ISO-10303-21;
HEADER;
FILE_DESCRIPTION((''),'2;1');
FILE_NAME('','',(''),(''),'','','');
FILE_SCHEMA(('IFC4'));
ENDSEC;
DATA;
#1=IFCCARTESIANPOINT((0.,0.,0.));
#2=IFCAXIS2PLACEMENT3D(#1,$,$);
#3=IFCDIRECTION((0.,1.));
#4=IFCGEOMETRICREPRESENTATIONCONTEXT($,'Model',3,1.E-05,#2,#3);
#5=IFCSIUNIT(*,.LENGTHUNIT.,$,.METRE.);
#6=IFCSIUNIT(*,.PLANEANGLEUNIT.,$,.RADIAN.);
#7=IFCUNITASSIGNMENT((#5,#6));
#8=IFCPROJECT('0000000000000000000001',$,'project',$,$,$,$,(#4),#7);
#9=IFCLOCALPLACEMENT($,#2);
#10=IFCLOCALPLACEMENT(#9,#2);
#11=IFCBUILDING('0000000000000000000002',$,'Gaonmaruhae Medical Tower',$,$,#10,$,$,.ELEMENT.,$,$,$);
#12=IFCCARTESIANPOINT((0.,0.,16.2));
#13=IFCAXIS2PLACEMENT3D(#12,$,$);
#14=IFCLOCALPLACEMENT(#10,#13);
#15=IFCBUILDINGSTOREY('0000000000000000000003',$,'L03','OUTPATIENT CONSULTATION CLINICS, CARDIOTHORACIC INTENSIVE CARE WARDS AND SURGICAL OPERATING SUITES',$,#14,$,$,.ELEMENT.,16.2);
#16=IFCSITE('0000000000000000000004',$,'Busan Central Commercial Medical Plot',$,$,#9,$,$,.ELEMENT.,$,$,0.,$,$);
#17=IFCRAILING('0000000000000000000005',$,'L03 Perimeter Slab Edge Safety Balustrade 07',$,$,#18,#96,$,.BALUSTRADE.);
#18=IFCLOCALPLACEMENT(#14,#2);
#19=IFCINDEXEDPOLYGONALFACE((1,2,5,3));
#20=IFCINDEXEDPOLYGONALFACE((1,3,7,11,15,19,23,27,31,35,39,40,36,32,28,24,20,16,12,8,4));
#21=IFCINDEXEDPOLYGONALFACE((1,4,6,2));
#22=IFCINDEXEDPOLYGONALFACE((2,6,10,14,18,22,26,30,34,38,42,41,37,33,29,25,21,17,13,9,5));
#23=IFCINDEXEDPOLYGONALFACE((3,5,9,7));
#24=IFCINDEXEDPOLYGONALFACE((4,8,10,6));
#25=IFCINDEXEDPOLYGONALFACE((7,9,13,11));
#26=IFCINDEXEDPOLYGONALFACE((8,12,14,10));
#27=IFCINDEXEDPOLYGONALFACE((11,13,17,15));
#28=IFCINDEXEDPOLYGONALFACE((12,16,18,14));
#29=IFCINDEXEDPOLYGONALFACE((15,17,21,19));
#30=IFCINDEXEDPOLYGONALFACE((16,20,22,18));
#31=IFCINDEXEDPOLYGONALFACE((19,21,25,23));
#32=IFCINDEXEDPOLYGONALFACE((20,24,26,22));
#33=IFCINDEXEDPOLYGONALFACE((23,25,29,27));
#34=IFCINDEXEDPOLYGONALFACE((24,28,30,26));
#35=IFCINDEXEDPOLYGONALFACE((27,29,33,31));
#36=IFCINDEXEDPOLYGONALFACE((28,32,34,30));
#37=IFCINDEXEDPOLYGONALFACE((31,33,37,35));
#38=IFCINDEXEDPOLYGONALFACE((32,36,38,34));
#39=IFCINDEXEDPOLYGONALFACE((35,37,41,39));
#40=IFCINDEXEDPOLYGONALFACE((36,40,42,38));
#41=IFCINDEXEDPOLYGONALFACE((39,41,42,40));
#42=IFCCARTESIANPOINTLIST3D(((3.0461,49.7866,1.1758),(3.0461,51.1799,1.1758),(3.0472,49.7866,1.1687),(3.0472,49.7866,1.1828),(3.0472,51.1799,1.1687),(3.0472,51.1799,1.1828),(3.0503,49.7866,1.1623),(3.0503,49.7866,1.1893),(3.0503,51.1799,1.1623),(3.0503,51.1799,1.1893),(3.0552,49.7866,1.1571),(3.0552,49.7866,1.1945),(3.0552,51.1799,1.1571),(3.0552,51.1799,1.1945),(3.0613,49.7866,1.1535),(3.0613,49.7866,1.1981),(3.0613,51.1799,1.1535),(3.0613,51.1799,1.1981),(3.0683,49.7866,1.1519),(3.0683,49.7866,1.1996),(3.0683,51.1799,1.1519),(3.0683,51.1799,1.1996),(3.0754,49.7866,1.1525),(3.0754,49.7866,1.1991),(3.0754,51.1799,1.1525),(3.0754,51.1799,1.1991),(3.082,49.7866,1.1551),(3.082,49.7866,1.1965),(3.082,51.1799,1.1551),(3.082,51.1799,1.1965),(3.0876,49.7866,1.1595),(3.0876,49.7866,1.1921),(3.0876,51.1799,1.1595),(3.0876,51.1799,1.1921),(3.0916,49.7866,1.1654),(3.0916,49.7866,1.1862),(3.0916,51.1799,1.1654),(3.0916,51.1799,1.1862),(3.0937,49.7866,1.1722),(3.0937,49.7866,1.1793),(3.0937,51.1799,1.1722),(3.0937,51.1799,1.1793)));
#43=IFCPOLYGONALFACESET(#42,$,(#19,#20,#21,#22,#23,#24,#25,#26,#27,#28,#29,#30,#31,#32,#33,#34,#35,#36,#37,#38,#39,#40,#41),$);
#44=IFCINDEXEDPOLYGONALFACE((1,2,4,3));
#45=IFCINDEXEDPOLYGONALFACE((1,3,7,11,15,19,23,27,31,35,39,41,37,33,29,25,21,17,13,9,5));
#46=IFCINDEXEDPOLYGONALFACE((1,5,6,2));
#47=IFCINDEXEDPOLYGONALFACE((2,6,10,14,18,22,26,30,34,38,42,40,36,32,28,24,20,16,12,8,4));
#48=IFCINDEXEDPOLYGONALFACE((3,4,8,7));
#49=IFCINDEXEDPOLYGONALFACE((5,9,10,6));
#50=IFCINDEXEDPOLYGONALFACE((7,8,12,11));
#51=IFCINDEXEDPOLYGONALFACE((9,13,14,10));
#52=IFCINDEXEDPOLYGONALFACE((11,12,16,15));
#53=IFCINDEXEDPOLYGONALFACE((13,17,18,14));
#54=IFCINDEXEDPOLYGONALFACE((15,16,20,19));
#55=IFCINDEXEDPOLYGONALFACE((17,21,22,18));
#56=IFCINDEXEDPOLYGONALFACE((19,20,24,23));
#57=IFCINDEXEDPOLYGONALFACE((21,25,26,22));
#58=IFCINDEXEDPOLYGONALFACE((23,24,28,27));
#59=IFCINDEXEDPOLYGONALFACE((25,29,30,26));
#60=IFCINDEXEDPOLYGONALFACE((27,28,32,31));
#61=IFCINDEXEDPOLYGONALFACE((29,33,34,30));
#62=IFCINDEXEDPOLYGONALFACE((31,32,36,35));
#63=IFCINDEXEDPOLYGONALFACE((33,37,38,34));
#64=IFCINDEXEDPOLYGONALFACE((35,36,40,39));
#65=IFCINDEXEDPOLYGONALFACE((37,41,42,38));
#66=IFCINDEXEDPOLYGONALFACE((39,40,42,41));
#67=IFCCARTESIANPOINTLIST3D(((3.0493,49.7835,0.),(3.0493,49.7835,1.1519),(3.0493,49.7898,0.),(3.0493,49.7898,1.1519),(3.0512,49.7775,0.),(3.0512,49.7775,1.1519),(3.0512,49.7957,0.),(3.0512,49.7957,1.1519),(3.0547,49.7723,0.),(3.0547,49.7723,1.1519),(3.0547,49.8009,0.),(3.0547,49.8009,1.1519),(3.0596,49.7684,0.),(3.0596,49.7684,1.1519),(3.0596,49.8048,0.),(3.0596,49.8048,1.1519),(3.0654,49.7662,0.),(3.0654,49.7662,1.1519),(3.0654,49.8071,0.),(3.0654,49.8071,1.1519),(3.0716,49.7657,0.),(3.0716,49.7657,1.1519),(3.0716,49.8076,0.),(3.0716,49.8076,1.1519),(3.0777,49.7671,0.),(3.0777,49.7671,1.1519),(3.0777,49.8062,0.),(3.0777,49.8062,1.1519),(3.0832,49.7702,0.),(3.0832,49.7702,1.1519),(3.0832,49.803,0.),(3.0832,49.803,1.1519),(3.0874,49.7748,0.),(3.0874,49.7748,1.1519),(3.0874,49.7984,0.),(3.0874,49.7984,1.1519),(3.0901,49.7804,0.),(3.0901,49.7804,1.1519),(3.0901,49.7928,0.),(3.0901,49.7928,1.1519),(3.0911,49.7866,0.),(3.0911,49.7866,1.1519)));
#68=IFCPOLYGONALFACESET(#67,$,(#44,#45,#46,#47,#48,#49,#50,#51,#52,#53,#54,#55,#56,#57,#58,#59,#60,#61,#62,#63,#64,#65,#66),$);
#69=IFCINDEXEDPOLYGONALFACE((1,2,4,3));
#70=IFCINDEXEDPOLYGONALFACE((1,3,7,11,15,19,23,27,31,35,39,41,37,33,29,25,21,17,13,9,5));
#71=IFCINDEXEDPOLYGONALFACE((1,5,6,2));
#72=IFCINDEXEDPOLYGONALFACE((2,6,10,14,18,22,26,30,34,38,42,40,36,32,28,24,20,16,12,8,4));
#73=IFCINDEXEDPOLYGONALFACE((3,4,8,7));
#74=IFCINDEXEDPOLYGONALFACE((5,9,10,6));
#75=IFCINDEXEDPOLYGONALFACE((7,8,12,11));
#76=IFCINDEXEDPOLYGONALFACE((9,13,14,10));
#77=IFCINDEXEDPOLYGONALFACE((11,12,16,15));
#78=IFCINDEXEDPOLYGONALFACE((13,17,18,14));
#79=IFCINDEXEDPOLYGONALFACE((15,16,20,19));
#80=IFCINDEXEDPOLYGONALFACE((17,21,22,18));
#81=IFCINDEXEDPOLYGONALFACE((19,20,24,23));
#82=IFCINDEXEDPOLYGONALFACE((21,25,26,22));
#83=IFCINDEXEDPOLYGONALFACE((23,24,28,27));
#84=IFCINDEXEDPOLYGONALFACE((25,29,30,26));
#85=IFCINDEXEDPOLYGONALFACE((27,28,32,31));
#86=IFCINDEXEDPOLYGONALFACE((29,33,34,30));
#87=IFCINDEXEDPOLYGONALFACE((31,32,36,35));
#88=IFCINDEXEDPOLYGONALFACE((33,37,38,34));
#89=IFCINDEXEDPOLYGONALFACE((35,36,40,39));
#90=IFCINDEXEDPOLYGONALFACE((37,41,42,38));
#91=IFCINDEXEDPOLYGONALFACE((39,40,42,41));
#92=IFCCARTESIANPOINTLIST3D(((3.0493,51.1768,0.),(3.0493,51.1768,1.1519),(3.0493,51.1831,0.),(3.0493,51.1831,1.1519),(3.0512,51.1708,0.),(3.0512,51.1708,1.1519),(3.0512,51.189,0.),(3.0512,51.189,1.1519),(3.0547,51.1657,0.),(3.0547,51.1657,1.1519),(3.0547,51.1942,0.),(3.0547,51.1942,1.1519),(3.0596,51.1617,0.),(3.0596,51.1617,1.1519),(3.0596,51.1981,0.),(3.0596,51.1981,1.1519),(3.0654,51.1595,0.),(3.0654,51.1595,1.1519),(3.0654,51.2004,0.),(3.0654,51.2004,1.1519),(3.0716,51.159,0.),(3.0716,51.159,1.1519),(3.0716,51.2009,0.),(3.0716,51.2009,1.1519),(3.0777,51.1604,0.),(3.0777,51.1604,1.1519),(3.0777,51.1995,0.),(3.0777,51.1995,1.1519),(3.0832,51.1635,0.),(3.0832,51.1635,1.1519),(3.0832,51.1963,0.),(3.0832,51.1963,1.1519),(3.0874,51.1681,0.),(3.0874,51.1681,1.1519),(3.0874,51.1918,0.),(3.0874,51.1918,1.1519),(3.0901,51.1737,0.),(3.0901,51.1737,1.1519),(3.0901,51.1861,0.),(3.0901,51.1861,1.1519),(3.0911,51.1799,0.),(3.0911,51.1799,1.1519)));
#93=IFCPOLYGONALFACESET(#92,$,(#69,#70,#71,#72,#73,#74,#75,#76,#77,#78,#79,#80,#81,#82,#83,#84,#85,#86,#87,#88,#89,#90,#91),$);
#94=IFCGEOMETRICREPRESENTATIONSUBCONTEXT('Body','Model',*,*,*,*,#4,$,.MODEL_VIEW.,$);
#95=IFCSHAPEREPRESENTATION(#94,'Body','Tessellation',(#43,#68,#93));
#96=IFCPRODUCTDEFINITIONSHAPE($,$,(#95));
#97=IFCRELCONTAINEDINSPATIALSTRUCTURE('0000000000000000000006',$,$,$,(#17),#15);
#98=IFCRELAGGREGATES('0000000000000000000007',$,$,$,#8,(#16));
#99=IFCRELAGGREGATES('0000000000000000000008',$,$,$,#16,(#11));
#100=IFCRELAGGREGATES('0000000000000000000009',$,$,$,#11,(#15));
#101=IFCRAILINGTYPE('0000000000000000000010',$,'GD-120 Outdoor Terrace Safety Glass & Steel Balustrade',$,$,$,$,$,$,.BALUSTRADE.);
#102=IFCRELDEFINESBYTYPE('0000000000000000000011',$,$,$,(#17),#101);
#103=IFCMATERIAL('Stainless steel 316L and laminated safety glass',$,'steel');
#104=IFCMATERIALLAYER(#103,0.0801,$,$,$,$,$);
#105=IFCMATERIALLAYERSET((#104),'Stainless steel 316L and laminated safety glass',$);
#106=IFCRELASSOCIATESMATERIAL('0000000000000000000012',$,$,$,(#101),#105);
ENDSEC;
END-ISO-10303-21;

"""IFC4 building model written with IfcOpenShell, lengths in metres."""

from ifc_helpers import new_model, si_unit, direction, frame, origin, origin_2d, place, context, subcontext, project, spatial, circle, extrude, material, layer, layer_set, type_object, element, save


model = new_model("IFC4")

# Units and contexts
model_context = context("Model", 3, precision=1e-05, world=origin(), true_north=direction((0.0, 1.0)))
body_context = subcontext(model_context, "Body", "Model", "MODEL_VIEW")
ifc_project = project(units=[si_unit("LENGTHUNIT", "METRE"), si_unit("PLANEANGLEUNIT", "RADIAN")], contexts=[model_context])

# Site, building, storey
site_placement = place(None, origin())
site = spatial("IfcSite", under=ifc_project, at=site_placement, Name="Busan Central Commercial Medical Plot", CompositionType="ELEMENT", RefElevation=0.0)
building_placement = place(site_placement, origin())
building = spatial("IfcBuilding", under=site, at=building_placement, Name="Gaonmaruhae Medical Tower", CompositionType="ELEMENT")
storey_placement = place(building_placement, frame((0.0, 0.0, 16.2)))
storey = spatial("IfcBuildingStorey", under=building, at=storey_placement, Name="L03", Description="OUTPATIENT CONSULTATION CLINICS, CARDIOTHORACIC INTENSIVE CARE WARDS AND SURGICAL OPERATING SUITES", CompositionType="ELEMENT", Elevation=16.2)

# Railing
ifc_material_1 = material(Name="Stainless steel 316L and laminated safety glass", Category="steel")
ifc_layer_1 = layer(ifc_material_1, 0.0801)
ifc_layer_set_1 = layer_set([ifc_layer_1], Name="Stainless steel 316L and laminated safety glass")
railing_type_1 = type_object("IfcRailingType", Name="GD-120 Outdoor Terrace Safety Glass & Steel Balustrade", PredefinedType="BALUSTRADE", material=ifc_layer_set_1)
railing_1_placement = place(storey_placement, frame((3.0701, 49.7866, 0.0)))
element("IfcRailing", 1, at=railing_1_placement, inside=storey, type_object=railing_type_1, Name="L03 Perimeter Slab Edge Safety Balustrade 07", PredefinedType="BALUSTRADE", context=body_context, shape_type="SweptSolid", body=[
    extrude(circle(Radius=0.0239, at=origin_2d()), frame((0.0, 0.0, 1.1758), z_axis=(0.0, 1.0, 0.0), x_axis=(-1.0, 0.0, 0.0)), (0.0, 0.0, 1.0), 1.3933),
    extrude(circle(Radius=0.021, at=origin_2d()), origin(), (0.0, 0.0, 1.0), 1.1519),
    extrude(circle(Radius=0.021, at=origin_2d()), frame((0.0, 1.3933, 0.0)), (0.0, 0.0, 1.0), 1.1519),
])

save(model, "model.ifc")
